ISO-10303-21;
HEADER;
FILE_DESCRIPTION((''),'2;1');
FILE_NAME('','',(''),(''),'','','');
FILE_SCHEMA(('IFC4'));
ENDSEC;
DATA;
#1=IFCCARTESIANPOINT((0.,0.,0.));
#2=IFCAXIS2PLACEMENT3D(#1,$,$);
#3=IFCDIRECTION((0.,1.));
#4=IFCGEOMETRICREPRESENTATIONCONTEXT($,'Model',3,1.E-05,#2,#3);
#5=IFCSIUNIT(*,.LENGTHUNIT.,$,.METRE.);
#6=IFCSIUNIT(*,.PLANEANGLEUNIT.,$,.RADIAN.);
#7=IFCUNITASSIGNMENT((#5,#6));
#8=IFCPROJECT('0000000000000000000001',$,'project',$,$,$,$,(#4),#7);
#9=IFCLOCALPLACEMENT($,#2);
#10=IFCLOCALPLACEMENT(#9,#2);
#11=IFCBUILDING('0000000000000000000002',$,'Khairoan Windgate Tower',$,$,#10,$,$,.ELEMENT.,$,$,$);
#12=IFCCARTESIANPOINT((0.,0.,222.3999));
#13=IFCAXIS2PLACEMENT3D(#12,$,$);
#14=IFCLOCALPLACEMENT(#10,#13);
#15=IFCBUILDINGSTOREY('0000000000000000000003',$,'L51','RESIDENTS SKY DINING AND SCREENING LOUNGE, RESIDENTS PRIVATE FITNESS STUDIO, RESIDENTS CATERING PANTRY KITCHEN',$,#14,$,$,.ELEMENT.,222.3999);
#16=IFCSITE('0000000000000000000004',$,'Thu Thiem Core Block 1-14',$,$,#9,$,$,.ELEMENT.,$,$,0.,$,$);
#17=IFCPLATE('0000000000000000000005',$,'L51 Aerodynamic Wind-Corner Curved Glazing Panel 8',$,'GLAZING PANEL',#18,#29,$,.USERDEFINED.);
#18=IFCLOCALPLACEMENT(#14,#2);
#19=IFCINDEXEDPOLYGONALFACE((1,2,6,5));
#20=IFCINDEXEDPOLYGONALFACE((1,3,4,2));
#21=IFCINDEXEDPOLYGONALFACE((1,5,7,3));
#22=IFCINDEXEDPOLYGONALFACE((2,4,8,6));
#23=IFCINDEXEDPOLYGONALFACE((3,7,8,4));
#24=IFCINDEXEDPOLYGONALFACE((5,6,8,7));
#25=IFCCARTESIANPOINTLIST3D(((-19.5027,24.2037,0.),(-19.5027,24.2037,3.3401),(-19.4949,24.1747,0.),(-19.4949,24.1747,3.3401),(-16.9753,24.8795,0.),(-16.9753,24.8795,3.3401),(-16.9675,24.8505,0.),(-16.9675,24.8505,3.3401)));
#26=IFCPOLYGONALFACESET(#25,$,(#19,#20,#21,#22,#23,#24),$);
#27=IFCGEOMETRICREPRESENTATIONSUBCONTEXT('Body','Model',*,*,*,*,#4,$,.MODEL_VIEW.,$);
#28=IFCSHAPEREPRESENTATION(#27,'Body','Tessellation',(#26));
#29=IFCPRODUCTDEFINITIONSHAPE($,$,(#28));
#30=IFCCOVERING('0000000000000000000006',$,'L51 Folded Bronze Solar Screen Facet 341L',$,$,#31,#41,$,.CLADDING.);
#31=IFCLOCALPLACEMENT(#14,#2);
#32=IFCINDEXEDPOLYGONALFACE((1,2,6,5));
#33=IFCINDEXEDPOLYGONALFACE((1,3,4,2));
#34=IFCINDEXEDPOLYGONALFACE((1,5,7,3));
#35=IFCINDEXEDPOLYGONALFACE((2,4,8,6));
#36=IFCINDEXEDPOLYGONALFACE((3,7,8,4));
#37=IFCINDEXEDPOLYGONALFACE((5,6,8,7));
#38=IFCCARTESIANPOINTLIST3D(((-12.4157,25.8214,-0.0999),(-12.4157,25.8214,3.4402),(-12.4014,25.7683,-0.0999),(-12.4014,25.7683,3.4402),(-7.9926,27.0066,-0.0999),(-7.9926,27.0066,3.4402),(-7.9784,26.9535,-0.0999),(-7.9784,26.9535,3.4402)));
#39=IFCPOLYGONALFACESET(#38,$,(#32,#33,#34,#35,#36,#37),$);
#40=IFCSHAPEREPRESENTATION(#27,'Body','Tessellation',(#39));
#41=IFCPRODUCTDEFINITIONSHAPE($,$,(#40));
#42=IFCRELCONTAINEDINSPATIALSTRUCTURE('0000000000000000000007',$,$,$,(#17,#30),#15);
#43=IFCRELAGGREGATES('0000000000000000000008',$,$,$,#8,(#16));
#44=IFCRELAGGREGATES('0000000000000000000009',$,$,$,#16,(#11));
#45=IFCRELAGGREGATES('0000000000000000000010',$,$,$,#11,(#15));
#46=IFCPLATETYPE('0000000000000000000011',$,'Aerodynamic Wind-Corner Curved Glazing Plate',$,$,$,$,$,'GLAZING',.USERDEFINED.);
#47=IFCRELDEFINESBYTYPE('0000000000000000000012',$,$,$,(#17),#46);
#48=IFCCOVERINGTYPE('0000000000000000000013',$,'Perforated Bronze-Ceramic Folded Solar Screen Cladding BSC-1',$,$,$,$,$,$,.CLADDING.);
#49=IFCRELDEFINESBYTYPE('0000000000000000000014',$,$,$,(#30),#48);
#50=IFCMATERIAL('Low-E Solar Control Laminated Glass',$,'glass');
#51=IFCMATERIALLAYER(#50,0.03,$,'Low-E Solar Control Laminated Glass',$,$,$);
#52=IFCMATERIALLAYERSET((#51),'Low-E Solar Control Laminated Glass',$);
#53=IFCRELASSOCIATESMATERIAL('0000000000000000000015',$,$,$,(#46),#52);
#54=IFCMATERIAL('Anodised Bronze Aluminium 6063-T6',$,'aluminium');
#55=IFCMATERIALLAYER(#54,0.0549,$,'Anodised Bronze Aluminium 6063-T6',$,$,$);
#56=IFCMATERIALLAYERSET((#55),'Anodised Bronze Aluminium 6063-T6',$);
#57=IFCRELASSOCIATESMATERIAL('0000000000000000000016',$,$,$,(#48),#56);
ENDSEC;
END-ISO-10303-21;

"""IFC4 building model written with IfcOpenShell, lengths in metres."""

from ifc_helpers import new_model, si_unit, direction, frame, origin, origin_2d, place, context, subcontext, project, spatial, rectangle, extrude, material, layer, layer_set, type_object, element, save


model = new_model("IFC4")

# Units and contexts
model_context = context("Model", 3, precision=1e-05, world=origin(), true_north=direction((0.0, 1.0)))
body_context = subcontext(model_context, "Body", "Model", "MODEL_VIEW")
ifc_project = project(units=[si_unit("LENGTHUNIT", "METRE"), si_unit("PLANEANGLEUNIT", "RADIAN")], contexts=[model_context])

# Site, building, storey
site_placement = place(None, origin())
site = spatial("IfcSite", under=ifc_project, at=site_placement, Name="Thu Thiem Core Block 1-14", CompositionType="ELEMENT", RefElevation=0.0)
building_placement = place(site_placement, origin())
building = spatial("IfcBuilding", under=site, at=building_placement, Name="Khairoan Windgate Tower", CompositionType="ELEMENT")
storey_placement = place(building_placement, frame((0.0, 0.0, 222.3999)))
storey = spatial("IfcBuildingStorey", under=building, at=storey_placement, Name="L51", Description="RESIDENTS SKY DINING AND SCREENING LOUNGE, RESIDENTS PRIVATE FITNESS STUDIO, RESIDENTS CATERING PANTRY KITCHEN", CompositionType="ELEMENT", Elevation=222.3999)

# Plate
ifc_material_1 = material(Name="Low-E Solar Control Laminated Glass", Category="glass")
ifc_layer_1 = layer(ifc_material_1, 0.03, Name="Low-E Solar Control Laminated Glass")
ifc_layer_set_1 = layer_set([ifc_layer_1], Name="Low-E Solar Control Laminated Glass")
plate_type_1 = type_object("IfcPlateType", Name="Aerodynamic Wind-Corner Curved Glazing Plate", ElementType="GLAZING", PredefinedType="USERDEFINED", material=ifc_layer_set_1)
plate_1_placement = place(storey_placement, frame((-18.2351, 24.5271, 0.0), z_axis=(0.0, 0.0, 1.0), x_axis=(0.966061, 0.258313, 0.0)))
element("IfcPlate", 1, at=plate_1_placement, inside=storey, type_object=plate_type_1, Name="L51 Aerodynamic Wind-Corner Curved Glazing Panel 8", ObjectType="GLAZING PANEL", PredefinedType="USERDEFINED", context=body_context, shape_type="SweptSolid", body=[
    extrude(rectangle(XDim=2.6162, YDim=0.03, at=origin_2d()), origin(), (0.0, 0.0, 1.0), 3.3401),
])

# Covering
ifc_material_2 = material(Name="Anodised Bronze Aluminium 6063-T6", Category="aluminium")
ifc_layer_2 = layer(ifc_material_2, 0.0549, Name="Anodised Bronze Aluminium 6063-T6")
ifc_layer_set_2 = layer_set([ifc_layer_2], Name="Anodised Bronze Aluminium 6063-T6")
covering_type = type_object("IfcCoveringType", Name="Perforated Bronze-Ceramic Folded Solar Screen Cladding BSC-1", PredefinedType="CLADDING", material=ifc_layer_set_2)
covering_placement = place(storey_placement, frame((-10.197, 26.3875, -0.0999), z_axis=(0.0, 0.0, 1.0), x_axis=(0.965926, 0.258819, 0.0)))
element("IfcCovering", 2, at=covering_placement, inside=storey, type_object=covering_type, Name="L51 Folded Bronze Solar Screen Facet 341L", PredefinedType="CLADDING", context=body_context, shape_type="SweptSolid", body=[
    extrude(rectangle(XDim=4.5791, YDim=0.0549, at=origin_2d()), origin(), (0.0, 0.0, 1.0), 3.54),
])

save(model, "model.ifc")
